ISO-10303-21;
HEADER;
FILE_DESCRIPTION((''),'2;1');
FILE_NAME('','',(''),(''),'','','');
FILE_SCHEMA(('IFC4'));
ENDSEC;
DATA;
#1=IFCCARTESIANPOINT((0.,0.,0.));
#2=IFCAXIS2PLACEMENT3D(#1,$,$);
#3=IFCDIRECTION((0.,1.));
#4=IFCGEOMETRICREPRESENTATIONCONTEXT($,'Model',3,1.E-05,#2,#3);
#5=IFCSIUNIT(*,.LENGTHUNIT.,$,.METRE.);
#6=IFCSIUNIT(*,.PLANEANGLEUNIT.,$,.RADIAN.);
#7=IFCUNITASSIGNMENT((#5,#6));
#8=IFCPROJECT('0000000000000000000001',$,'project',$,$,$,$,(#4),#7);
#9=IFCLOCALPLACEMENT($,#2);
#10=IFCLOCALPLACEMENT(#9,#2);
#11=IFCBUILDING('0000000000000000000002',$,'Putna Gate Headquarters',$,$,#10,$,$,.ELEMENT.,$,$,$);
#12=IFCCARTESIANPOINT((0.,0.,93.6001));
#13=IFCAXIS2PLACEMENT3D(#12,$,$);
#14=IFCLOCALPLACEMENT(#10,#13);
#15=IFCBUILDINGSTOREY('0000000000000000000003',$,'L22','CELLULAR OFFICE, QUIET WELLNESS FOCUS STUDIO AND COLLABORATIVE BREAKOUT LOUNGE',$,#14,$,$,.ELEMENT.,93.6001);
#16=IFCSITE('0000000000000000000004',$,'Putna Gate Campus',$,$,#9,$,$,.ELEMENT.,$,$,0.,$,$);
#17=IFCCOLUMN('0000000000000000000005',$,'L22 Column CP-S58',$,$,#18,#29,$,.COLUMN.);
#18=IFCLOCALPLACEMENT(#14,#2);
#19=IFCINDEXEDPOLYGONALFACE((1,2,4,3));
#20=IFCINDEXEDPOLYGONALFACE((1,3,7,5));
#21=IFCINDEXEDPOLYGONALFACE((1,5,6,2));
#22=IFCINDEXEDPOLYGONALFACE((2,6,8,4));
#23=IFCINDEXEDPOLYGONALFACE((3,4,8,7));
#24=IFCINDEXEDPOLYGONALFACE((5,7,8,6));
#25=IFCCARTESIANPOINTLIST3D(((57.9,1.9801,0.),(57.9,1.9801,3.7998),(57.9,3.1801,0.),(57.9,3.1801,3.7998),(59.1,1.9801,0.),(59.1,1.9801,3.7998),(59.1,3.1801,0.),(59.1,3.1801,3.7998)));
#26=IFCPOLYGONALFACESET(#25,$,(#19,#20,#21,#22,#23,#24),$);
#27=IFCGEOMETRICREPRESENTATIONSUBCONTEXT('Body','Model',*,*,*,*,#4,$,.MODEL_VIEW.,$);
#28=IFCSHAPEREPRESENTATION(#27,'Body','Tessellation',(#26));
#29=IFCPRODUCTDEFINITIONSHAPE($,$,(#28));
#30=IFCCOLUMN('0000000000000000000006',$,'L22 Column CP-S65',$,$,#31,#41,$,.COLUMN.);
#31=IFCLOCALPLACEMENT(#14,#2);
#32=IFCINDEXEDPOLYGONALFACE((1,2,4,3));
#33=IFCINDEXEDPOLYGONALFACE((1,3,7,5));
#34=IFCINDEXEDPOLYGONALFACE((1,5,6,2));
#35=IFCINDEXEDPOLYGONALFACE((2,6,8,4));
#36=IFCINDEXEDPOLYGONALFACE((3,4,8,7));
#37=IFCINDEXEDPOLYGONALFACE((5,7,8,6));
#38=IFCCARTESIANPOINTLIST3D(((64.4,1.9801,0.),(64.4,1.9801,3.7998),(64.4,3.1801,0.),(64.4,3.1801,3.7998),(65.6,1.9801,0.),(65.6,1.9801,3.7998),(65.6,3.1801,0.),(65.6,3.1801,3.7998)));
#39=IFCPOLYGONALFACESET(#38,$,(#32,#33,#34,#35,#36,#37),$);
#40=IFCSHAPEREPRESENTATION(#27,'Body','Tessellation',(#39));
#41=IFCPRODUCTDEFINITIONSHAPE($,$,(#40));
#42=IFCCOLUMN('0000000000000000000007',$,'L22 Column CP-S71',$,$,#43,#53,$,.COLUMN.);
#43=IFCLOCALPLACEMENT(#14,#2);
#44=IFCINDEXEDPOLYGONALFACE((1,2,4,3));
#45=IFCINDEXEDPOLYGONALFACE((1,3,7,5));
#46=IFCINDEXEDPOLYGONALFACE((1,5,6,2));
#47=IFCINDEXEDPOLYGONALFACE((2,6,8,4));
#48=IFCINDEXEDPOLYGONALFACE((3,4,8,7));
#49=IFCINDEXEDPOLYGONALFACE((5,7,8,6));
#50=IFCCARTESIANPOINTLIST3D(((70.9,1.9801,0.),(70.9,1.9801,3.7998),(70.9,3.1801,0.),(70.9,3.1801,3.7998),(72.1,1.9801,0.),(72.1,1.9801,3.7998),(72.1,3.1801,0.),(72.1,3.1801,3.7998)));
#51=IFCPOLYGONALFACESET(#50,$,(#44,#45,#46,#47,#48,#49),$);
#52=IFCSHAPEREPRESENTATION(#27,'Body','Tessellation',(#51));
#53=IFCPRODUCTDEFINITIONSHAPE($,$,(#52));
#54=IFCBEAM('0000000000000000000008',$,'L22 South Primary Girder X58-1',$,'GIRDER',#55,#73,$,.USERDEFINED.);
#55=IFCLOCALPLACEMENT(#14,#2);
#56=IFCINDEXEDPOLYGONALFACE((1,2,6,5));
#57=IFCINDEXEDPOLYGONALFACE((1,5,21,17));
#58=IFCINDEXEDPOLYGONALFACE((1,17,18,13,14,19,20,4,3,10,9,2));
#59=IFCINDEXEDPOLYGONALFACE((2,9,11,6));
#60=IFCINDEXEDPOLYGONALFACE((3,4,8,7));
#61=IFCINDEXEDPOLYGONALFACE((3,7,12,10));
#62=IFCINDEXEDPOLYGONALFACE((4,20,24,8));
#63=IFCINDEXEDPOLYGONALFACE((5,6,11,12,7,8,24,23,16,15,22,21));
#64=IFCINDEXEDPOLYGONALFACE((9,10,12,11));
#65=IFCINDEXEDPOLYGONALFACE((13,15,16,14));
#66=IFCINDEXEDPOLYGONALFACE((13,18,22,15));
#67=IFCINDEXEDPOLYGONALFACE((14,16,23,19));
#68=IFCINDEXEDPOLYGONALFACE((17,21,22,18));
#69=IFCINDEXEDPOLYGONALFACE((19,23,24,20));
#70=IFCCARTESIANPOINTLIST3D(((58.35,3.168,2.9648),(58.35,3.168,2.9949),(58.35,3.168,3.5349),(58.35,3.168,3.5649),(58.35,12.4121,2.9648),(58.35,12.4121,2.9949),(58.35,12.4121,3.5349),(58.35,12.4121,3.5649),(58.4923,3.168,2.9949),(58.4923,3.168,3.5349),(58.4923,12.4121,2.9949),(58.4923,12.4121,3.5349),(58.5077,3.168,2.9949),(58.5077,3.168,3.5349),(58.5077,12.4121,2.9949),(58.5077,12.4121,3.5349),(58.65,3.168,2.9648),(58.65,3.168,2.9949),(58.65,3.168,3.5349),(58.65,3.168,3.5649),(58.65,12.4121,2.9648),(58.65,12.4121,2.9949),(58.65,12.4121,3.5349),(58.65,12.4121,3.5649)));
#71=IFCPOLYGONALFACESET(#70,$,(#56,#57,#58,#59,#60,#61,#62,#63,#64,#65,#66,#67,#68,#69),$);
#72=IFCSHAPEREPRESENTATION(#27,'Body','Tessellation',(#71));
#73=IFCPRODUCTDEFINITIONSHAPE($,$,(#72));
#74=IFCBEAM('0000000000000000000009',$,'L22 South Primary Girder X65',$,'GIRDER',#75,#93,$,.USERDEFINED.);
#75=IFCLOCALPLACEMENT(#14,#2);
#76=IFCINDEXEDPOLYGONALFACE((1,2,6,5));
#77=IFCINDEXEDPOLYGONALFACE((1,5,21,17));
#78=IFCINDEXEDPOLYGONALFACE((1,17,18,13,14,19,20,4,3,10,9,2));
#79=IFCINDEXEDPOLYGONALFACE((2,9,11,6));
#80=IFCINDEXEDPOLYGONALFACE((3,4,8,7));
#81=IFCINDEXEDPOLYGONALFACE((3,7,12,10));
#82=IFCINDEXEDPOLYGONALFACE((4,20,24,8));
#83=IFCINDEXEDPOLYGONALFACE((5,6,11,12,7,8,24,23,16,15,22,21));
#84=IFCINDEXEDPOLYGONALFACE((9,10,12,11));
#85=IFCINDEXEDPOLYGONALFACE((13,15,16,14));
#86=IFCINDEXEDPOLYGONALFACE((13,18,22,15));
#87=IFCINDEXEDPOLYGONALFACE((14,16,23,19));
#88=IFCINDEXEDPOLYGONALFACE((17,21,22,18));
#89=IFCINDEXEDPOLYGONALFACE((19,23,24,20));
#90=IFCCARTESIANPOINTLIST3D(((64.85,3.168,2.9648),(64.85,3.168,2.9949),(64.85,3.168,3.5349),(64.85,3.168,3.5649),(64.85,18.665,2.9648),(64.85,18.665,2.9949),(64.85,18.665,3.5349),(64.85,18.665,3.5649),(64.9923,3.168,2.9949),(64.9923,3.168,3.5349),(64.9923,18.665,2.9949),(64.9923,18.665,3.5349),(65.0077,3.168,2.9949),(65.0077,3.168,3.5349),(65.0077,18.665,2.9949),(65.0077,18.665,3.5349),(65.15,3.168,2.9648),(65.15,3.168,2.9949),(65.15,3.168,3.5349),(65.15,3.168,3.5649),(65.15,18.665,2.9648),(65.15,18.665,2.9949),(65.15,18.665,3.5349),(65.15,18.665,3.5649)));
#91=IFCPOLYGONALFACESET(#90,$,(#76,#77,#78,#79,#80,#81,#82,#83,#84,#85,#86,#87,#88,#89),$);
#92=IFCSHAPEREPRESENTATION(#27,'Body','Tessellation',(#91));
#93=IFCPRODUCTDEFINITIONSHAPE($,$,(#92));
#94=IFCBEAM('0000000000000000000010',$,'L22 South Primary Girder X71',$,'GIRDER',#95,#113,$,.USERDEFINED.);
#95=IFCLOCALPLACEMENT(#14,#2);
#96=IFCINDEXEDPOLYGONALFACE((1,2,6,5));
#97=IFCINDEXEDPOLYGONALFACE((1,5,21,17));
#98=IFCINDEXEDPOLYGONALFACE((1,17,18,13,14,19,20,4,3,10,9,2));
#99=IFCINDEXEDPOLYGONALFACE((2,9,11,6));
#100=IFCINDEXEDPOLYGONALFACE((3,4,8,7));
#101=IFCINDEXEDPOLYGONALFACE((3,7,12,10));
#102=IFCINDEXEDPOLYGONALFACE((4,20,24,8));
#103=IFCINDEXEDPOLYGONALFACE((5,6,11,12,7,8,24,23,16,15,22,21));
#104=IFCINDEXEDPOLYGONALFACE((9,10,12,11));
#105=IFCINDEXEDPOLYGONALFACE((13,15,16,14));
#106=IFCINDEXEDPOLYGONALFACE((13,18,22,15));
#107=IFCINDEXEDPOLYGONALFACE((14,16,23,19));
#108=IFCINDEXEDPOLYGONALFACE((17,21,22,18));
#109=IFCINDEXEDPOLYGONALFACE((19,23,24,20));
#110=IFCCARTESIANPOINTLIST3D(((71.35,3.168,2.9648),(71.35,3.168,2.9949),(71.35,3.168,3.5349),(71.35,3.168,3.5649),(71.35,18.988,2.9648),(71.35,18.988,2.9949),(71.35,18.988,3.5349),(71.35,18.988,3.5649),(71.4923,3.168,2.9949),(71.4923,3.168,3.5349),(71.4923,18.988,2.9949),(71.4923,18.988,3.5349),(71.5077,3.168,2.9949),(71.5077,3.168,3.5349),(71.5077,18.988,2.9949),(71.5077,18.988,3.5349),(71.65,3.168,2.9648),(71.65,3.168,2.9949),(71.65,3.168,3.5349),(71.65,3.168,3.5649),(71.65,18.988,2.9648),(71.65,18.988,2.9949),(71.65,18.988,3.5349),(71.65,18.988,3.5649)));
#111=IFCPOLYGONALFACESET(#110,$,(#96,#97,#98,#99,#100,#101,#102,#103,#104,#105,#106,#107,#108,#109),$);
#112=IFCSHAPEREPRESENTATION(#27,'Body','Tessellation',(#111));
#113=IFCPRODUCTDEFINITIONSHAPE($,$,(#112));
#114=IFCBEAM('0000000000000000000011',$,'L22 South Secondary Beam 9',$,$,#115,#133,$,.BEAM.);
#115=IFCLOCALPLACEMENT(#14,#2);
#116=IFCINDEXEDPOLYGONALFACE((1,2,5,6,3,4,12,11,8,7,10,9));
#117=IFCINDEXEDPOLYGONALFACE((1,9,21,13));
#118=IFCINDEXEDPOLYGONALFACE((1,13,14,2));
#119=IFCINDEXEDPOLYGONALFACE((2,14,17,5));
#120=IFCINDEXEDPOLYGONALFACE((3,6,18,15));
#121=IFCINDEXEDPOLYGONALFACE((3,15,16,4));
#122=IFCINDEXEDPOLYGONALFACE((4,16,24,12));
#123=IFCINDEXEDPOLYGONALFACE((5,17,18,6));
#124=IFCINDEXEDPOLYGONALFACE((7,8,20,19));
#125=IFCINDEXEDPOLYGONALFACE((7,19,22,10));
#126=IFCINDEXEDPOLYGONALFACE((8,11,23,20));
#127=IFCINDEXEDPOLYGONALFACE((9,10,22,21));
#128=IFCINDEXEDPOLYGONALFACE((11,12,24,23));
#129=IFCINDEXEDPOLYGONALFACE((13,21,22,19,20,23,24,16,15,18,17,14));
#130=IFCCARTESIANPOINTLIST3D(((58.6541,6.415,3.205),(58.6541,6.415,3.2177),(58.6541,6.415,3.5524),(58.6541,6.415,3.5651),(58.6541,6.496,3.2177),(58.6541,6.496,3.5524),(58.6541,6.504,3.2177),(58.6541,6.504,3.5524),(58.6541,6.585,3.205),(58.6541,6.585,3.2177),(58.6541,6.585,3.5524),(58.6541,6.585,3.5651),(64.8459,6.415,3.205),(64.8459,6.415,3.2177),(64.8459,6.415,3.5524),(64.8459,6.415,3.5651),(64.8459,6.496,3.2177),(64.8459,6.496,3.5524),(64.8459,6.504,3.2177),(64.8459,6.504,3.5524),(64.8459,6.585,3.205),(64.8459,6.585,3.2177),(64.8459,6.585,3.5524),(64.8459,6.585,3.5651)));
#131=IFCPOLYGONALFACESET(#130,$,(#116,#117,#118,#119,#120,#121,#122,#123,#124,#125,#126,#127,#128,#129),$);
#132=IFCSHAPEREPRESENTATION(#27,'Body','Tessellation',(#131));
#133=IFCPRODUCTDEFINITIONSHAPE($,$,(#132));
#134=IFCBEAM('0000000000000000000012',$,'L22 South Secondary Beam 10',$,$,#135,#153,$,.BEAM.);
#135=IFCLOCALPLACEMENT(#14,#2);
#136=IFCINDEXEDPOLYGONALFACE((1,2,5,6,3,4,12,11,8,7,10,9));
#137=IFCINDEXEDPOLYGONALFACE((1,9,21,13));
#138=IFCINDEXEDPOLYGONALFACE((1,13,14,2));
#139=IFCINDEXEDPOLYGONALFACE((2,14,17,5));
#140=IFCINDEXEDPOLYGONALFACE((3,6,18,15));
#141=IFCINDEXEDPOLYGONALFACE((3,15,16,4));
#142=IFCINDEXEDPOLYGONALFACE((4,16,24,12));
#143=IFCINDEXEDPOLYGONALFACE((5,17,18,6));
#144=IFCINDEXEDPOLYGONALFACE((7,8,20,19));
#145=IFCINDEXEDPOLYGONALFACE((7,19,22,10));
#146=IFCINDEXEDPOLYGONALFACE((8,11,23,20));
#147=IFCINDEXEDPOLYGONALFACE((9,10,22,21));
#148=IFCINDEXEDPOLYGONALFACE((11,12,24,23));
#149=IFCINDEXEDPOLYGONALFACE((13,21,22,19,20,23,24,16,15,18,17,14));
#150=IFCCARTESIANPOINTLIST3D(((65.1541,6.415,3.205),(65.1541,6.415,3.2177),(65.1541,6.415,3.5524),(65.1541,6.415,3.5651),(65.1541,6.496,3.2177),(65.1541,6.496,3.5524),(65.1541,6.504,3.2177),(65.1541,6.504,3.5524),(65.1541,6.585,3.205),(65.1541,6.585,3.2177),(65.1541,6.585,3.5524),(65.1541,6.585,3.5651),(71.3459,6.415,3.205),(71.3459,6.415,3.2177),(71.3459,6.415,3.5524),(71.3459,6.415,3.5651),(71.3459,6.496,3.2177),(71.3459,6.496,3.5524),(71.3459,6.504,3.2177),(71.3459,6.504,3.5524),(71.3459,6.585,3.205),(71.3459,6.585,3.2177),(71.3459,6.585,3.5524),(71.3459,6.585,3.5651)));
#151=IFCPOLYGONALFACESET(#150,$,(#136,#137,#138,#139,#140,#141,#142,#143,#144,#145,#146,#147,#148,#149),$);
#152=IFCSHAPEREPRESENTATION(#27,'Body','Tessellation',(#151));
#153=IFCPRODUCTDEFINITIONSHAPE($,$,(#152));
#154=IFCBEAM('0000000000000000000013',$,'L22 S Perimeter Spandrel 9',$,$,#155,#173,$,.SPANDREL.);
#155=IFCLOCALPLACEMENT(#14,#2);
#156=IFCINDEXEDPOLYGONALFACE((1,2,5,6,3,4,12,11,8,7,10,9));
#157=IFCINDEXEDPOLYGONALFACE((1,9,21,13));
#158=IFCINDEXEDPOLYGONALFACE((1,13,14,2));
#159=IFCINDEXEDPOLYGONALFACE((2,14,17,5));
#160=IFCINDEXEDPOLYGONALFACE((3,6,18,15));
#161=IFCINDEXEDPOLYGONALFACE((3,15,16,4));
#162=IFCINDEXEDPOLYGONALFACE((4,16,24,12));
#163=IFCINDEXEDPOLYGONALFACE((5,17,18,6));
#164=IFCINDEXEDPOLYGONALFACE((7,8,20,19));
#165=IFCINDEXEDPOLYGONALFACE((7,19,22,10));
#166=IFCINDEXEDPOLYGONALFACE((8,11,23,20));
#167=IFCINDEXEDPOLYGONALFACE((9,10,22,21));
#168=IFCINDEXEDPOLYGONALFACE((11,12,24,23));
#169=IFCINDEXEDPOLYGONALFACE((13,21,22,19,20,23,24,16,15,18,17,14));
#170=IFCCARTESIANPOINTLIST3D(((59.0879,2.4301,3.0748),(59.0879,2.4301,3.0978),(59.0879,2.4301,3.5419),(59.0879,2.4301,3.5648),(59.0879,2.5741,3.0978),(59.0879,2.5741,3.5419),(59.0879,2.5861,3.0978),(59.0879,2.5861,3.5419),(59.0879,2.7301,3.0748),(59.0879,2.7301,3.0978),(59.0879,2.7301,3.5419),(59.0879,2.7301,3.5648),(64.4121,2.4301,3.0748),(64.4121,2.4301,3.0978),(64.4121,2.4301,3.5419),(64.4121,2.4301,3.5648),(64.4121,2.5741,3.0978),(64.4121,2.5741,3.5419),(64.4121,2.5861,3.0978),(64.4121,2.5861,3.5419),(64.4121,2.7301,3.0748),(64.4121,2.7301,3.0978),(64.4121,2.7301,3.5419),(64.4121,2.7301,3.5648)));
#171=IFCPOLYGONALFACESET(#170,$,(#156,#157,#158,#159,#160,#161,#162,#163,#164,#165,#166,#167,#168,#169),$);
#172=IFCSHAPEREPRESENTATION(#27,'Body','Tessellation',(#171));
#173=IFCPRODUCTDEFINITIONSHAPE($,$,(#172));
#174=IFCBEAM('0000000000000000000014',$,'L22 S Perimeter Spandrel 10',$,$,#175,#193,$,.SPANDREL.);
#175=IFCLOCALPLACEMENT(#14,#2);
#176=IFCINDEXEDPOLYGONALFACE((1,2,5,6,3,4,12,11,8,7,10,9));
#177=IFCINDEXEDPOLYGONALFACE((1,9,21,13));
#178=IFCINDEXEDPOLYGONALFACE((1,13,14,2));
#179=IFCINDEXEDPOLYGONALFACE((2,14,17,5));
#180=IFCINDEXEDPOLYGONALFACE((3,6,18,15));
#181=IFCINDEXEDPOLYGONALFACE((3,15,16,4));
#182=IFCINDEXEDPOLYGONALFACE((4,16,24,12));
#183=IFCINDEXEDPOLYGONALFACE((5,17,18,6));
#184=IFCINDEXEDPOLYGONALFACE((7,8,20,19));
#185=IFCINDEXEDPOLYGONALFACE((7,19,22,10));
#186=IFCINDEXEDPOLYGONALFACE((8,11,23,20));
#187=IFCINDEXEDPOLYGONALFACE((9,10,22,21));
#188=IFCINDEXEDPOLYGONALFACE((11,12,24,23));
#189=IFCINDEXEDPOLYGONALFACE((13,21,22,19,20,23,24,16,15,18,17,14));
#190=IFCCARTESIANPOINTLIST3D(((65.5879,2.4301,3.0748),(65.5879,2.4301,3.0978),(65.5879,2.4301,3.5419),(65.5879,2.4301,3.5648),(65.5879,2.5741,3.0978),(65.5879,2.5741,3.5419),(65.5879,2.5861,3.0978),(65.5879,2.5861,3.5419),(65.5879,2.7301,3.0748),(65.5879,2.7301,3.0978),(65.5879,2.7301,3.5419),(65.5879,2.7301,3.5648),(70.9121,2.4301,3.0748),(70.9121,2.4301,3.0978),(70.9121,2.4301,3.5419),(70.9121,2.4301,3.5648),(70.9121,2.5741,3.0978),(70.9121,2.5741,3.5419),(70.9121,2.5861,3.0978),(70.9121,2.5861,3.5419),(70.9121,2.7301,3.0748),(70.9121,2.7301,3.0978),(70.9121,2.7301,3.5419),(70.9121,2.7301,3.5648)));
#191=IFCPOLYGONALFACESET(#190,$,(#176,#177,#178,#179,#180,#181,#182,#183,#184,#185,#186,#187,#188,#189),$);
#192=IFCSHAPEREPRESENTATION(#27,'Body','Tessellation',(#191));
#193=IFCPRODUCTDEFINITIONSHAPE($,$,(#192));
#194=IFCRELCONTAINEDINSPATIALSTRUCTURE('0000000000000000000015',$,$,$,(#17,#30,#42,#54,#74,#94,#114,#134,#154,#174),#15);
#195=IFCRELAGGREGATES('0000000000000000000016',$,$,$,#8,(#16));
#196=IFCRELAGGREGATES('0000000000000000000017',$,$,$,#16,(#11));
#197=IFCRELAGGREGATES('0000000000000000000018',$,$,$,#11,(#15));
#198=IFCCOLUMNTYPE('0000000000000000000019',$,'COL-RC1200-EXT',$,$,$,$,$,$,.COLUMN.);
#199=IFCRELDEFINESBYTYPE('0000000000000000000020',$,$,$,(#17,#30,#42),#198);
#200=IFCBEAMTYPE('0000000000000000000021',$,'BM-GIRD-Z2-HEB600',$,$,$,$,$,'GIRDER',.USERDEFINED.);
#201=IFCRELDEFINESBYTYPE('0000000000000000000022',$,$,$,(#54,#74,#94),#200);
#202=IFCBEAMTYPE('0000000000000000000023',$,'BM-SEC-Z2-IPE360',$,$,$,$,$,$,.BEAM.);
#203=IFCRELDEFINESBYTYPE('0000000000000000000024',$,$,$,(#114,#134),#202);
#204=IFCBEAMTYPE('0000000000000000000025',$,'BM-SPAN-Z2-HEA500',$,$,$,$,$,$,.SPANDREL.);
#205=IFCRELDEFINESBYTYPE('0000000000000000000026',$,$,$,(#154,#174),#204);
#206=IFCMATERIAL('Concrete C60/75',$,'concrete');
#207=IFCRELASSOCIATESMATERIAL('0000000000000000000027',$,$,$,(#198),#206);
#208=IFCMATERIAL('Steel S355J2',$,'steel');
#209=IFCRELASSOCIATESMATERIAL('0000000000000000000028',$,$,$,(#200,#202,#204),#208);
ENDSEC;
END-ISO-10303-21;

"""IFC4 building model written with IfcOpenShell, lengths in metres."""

from ifc_helpers import new_model, si_unit, direction, frame, origin, origin_2d, place, context, subcontext, project, spatial, rectangle, i_section, extrude, material, material_profile, profile_set, type_object, element, save


model = new_model("IFC4")

# Units and contexts
model_context = context("Model", 3, precision=1e-05, world=origin(), true_north=direction((0.0, 1.0)))
body_context = subcontext(model_context, "Body", "Model", "MODEL_VIEW")
ifc_project = project(units=[si_unit("LENGTHUNIT", "METRE"), si_unit("PLANEANGLEUNIT", "RADIAN")], contexts=[model_context])

# Site, building, storey
site_placement = place(None, origin())
site = spatial("IfcSite", under=ifc_project, at=site_placement, Name="Putna Gate Campus", CompositionType="ELEMENT", RefElevation=0.0)
building_placement = place(site_placement, origin())
building = spatial("IfcBuilding", under=site, at=building_placement, Name="Putna Gate Headquarters", CompositionType="ELEMENT")
storey_placement = place(building_placement, frame((0.0, 0.0, 93.6001)))
storey = spatial("IfcBuildingStorey", under=building, at=storey_placement, Name="L22", Description="CELLULAR OFFICE, QUIET WELLNESS FOCUS STUDIO AND COLLABORATIVE BREAKOUT LOUNGE", CompositionType="ELEMENT", Elevation=93.6001)

# Columns
ifc_material_1 = material(Name="Concrete C60/75", Category="concrete")
ifc_material_profile_1 = material_profile(ifc_material_1, rectangle(XDim=1.2, YDim=1.2, at=origin_2d()), Name="Concrete C60/75")
ifc_profile_set_1 = profile_set([ifc_material_profile_1], Name="Concrete C60/75")
column_type = type_object("IfcColumnType", Name="COL-RC1200-EXT", PredefinedType="COLUMN", material=ifc_profile_set_1)
for number, where, z_axis, x_axis, name in (
    (1, (58.5, 2.5801, 0.0), (0.0, 0.0, 1.0), (1.0, 0.0, 0.0), "L22 Column CP-S58"),
    (2, (65.0, 2.5801, 0.0), (0.0, 0.0, 1.0), (1.0, 0.0, 0.0), "L22 Column CP-S65"),
    (3, (71.5, 2.5801, 0.0), (0.0, 0.0, 1.0), (1.0, 0.0, 0.0), "L22 Column CP-S71"),
):
    element("IfcColumn", number, at=place(storey_placement, frame(where, z_axis=z_axis, x_axis=x_axis)), inside=storey, type_object=column_type, Name=name, PredefinedType="COLUMN", context=body_context, shape_type="SweptSolid", body=[
        extrude(rectangle(XDim=1.2, YDim=1.2, at=origin_2d()), origin(), (0.0, 0.0, 1.0), 3.7998),
    ])

# Beams
ifc_material_2 = material(Name="Steel S355J2", Category="steel")
ifc_material_profile_2 = material_profile(ifc_material_2, i_section(OverallWidth=0.3, OverallDepth=0.6001, WebThickness=0.0154, FlangeThickness=0.03, at=origin_2d()), Name="Steel S355J2")
ifc_profile_set_2 = profile_set([ifc_material_profile_2], Name="Steel S355J2")
beam_type_1 = type_object("IfcBeamType", Name="BM-GIRD-Z2-HEB600", ElementType="GIRDER", PredefinedType="USERDEFINED", material=ifc_profile_set_2)
beam_1_placement = place(storey_placement, frame((58.5, 3.168, 3.2649), z_axis=(0.0, 1.0, 0.0), x_axis=(-1.0, 0.0, 0.0)))
element("IfcBeam", 4, at=beam_1_placement, inside=storey, type_object=beam_type_1, Name="L22 South Primary Girder X58-1", ObjectType="GIRDER", PredefinedType="USERDEFINED", context=body_context, shape_type="SweptSolid", body=[
    extrude(i_section(OverallWidth=0.3, OverallDepth=0.6001, WebThickness=0.0154, FlangeThickness=0.03, at=origin_2d()), origin(), (0.0, 0.0, 1.0), 9.2441),
])
beam_2_placement = place(storey_placement, frame((65.0, 3.168, 3.2649), z_axis=(0.0, 1.0, 0.0), x_axis=(-1.0, 0.0, 0.0)))
element("IfcBeam", 5, at=beam_2_placement, inside=storey, type_object=beam_type_1, Name="L22 South Primary Girder X65", ObjectType="GIRDER", PredefinedType="USERDEFINED", context=body_context, shape_type="SweptSolid", body=[
    extrude(i_section(OverallWidth=0.3, OverallDepth=0.6001, WebThickness=0.0154, FlangeThickness=0.03, at=origin_2d()), origin(), (0.0, 0.0, 1.0), 15.4971),
])
beam_3_placement = place(storey_placement, frame((71.5, 3.168, 3.2649), z_axis=(0.0, 1.0, 0.0), x_axis=(-1.0, 0.0, 0.0)))
element("IfcBeam", 6, at=beam_3_placement, inside=storey, type_object=beam_type_1, Name="L22 South Primary Girder X71", ObjectType="GIRDER", PredefinedType="USERDEFINED", context=body_context, shape_type="SweptSolid", body=[
    extrude(i_section(OverallWidth=0.3, OverallDepth=0.6001, WebThickness=0.0154, FlangeThickness=0.03, at=origin_2d()), origin(), (0.0, 0.0, 1.0), 15.8201),
])
ifc_material_profile_3 = material_profile(ifc_material_2, i_section(OverallWidth=0.1699, OverallDepth=0.3601, WebThickness=0.0081, FlangeThickness=0.0127, at=origin_2d()), Name="Steel S355J2")
ifc_profile_set_3 = profile_set([ifc_material_profile_3], Name="Steel S355J2")
beam_type_2 = type_object("IfcBeamType", Name="BM-SEC-Z2-IPE360", PredefinedType="BEAM", material=ifc_profile_set_3)
for number, where, z_axis, x_axis, name in (
    (7, (58.6541, 6.5, 3.385), (1.0, 0.0, 0.0), (0.0, 1.0, 0.0), "L22 South Secondary Beam 9"),
    (8, (65.1541, 6.5, 3.385), (1.0, 0.0, 0.0), (0.0, 1.0, 0.0), "L22 South Secondary Beam 10"),
):
    element("IfcBeam", number, at=place(storey_placement, frame(where, z_axis=z_axis, x_axis=x_axis)), inside=storey, type_object=beam_type_2, Name=name, PredefinedType="BEAM", context=body_context, shape_type="SweptSolid", body=[
        extrude(i_section(OverallWidth=0.1699, OverallDepth=0.3601, WebThickness=0.0081, FlangeThickness=0.0127, at=origin_2d()), origin(), (0.0, 0.0, 1.0), 6.1919),
    ])
ifc_material_profile_4 = material_profile(ifc_material_2, i_section(OverallWidth=0.3, OverallDepth=0.49, WebThickness=0.012, FlangeThickness=0.0229, at=origin_2d()), Name="Steel S355J2")
ifc_profile_set_4 = profile_set([ifc_material_profile_4], Name="Steel S355J2")
beam_type_3 = type_object("IfcBeamType", Name="BM-SPAN-Z2-HEA500", PredefinedType="SPANDREL", material=ifc_profile_set_4)
for number, where, z_axis, x_axis, name in (
    (9, (59.0879, 2.5801, 3.3198), (1.0, 0.0, 0.0), (0.0, 1.0, 0.0), "L22 S Perimeter Spandrel 9"),
    (10, (65.5879, 2.5801, 3.3198), (1.0, 0.0, 0.0), (0.0, 1.0, 0.0), "L22 S Perimeter Spandrel 10"),
):
    element("IfcBeam", number, at=place(storey_placement, frame(where, z_axis=z_axis, x_axis=x_axis)), inside=storey, type_object=beam_type_3, Name=name, PredefinedType="SPANDREL", context=body_context, shape_type="SweptSolid", body=[
        extrude(i_section(OverallWidth=0.3, OverallDepth=0.49, WebThickness=0.012, FlangeThickness=0.0229, at=origin_2d()), origin(), (0.0, 0.0, 1.0), 5.3242),
    ])

save(model, "model.ifc")
